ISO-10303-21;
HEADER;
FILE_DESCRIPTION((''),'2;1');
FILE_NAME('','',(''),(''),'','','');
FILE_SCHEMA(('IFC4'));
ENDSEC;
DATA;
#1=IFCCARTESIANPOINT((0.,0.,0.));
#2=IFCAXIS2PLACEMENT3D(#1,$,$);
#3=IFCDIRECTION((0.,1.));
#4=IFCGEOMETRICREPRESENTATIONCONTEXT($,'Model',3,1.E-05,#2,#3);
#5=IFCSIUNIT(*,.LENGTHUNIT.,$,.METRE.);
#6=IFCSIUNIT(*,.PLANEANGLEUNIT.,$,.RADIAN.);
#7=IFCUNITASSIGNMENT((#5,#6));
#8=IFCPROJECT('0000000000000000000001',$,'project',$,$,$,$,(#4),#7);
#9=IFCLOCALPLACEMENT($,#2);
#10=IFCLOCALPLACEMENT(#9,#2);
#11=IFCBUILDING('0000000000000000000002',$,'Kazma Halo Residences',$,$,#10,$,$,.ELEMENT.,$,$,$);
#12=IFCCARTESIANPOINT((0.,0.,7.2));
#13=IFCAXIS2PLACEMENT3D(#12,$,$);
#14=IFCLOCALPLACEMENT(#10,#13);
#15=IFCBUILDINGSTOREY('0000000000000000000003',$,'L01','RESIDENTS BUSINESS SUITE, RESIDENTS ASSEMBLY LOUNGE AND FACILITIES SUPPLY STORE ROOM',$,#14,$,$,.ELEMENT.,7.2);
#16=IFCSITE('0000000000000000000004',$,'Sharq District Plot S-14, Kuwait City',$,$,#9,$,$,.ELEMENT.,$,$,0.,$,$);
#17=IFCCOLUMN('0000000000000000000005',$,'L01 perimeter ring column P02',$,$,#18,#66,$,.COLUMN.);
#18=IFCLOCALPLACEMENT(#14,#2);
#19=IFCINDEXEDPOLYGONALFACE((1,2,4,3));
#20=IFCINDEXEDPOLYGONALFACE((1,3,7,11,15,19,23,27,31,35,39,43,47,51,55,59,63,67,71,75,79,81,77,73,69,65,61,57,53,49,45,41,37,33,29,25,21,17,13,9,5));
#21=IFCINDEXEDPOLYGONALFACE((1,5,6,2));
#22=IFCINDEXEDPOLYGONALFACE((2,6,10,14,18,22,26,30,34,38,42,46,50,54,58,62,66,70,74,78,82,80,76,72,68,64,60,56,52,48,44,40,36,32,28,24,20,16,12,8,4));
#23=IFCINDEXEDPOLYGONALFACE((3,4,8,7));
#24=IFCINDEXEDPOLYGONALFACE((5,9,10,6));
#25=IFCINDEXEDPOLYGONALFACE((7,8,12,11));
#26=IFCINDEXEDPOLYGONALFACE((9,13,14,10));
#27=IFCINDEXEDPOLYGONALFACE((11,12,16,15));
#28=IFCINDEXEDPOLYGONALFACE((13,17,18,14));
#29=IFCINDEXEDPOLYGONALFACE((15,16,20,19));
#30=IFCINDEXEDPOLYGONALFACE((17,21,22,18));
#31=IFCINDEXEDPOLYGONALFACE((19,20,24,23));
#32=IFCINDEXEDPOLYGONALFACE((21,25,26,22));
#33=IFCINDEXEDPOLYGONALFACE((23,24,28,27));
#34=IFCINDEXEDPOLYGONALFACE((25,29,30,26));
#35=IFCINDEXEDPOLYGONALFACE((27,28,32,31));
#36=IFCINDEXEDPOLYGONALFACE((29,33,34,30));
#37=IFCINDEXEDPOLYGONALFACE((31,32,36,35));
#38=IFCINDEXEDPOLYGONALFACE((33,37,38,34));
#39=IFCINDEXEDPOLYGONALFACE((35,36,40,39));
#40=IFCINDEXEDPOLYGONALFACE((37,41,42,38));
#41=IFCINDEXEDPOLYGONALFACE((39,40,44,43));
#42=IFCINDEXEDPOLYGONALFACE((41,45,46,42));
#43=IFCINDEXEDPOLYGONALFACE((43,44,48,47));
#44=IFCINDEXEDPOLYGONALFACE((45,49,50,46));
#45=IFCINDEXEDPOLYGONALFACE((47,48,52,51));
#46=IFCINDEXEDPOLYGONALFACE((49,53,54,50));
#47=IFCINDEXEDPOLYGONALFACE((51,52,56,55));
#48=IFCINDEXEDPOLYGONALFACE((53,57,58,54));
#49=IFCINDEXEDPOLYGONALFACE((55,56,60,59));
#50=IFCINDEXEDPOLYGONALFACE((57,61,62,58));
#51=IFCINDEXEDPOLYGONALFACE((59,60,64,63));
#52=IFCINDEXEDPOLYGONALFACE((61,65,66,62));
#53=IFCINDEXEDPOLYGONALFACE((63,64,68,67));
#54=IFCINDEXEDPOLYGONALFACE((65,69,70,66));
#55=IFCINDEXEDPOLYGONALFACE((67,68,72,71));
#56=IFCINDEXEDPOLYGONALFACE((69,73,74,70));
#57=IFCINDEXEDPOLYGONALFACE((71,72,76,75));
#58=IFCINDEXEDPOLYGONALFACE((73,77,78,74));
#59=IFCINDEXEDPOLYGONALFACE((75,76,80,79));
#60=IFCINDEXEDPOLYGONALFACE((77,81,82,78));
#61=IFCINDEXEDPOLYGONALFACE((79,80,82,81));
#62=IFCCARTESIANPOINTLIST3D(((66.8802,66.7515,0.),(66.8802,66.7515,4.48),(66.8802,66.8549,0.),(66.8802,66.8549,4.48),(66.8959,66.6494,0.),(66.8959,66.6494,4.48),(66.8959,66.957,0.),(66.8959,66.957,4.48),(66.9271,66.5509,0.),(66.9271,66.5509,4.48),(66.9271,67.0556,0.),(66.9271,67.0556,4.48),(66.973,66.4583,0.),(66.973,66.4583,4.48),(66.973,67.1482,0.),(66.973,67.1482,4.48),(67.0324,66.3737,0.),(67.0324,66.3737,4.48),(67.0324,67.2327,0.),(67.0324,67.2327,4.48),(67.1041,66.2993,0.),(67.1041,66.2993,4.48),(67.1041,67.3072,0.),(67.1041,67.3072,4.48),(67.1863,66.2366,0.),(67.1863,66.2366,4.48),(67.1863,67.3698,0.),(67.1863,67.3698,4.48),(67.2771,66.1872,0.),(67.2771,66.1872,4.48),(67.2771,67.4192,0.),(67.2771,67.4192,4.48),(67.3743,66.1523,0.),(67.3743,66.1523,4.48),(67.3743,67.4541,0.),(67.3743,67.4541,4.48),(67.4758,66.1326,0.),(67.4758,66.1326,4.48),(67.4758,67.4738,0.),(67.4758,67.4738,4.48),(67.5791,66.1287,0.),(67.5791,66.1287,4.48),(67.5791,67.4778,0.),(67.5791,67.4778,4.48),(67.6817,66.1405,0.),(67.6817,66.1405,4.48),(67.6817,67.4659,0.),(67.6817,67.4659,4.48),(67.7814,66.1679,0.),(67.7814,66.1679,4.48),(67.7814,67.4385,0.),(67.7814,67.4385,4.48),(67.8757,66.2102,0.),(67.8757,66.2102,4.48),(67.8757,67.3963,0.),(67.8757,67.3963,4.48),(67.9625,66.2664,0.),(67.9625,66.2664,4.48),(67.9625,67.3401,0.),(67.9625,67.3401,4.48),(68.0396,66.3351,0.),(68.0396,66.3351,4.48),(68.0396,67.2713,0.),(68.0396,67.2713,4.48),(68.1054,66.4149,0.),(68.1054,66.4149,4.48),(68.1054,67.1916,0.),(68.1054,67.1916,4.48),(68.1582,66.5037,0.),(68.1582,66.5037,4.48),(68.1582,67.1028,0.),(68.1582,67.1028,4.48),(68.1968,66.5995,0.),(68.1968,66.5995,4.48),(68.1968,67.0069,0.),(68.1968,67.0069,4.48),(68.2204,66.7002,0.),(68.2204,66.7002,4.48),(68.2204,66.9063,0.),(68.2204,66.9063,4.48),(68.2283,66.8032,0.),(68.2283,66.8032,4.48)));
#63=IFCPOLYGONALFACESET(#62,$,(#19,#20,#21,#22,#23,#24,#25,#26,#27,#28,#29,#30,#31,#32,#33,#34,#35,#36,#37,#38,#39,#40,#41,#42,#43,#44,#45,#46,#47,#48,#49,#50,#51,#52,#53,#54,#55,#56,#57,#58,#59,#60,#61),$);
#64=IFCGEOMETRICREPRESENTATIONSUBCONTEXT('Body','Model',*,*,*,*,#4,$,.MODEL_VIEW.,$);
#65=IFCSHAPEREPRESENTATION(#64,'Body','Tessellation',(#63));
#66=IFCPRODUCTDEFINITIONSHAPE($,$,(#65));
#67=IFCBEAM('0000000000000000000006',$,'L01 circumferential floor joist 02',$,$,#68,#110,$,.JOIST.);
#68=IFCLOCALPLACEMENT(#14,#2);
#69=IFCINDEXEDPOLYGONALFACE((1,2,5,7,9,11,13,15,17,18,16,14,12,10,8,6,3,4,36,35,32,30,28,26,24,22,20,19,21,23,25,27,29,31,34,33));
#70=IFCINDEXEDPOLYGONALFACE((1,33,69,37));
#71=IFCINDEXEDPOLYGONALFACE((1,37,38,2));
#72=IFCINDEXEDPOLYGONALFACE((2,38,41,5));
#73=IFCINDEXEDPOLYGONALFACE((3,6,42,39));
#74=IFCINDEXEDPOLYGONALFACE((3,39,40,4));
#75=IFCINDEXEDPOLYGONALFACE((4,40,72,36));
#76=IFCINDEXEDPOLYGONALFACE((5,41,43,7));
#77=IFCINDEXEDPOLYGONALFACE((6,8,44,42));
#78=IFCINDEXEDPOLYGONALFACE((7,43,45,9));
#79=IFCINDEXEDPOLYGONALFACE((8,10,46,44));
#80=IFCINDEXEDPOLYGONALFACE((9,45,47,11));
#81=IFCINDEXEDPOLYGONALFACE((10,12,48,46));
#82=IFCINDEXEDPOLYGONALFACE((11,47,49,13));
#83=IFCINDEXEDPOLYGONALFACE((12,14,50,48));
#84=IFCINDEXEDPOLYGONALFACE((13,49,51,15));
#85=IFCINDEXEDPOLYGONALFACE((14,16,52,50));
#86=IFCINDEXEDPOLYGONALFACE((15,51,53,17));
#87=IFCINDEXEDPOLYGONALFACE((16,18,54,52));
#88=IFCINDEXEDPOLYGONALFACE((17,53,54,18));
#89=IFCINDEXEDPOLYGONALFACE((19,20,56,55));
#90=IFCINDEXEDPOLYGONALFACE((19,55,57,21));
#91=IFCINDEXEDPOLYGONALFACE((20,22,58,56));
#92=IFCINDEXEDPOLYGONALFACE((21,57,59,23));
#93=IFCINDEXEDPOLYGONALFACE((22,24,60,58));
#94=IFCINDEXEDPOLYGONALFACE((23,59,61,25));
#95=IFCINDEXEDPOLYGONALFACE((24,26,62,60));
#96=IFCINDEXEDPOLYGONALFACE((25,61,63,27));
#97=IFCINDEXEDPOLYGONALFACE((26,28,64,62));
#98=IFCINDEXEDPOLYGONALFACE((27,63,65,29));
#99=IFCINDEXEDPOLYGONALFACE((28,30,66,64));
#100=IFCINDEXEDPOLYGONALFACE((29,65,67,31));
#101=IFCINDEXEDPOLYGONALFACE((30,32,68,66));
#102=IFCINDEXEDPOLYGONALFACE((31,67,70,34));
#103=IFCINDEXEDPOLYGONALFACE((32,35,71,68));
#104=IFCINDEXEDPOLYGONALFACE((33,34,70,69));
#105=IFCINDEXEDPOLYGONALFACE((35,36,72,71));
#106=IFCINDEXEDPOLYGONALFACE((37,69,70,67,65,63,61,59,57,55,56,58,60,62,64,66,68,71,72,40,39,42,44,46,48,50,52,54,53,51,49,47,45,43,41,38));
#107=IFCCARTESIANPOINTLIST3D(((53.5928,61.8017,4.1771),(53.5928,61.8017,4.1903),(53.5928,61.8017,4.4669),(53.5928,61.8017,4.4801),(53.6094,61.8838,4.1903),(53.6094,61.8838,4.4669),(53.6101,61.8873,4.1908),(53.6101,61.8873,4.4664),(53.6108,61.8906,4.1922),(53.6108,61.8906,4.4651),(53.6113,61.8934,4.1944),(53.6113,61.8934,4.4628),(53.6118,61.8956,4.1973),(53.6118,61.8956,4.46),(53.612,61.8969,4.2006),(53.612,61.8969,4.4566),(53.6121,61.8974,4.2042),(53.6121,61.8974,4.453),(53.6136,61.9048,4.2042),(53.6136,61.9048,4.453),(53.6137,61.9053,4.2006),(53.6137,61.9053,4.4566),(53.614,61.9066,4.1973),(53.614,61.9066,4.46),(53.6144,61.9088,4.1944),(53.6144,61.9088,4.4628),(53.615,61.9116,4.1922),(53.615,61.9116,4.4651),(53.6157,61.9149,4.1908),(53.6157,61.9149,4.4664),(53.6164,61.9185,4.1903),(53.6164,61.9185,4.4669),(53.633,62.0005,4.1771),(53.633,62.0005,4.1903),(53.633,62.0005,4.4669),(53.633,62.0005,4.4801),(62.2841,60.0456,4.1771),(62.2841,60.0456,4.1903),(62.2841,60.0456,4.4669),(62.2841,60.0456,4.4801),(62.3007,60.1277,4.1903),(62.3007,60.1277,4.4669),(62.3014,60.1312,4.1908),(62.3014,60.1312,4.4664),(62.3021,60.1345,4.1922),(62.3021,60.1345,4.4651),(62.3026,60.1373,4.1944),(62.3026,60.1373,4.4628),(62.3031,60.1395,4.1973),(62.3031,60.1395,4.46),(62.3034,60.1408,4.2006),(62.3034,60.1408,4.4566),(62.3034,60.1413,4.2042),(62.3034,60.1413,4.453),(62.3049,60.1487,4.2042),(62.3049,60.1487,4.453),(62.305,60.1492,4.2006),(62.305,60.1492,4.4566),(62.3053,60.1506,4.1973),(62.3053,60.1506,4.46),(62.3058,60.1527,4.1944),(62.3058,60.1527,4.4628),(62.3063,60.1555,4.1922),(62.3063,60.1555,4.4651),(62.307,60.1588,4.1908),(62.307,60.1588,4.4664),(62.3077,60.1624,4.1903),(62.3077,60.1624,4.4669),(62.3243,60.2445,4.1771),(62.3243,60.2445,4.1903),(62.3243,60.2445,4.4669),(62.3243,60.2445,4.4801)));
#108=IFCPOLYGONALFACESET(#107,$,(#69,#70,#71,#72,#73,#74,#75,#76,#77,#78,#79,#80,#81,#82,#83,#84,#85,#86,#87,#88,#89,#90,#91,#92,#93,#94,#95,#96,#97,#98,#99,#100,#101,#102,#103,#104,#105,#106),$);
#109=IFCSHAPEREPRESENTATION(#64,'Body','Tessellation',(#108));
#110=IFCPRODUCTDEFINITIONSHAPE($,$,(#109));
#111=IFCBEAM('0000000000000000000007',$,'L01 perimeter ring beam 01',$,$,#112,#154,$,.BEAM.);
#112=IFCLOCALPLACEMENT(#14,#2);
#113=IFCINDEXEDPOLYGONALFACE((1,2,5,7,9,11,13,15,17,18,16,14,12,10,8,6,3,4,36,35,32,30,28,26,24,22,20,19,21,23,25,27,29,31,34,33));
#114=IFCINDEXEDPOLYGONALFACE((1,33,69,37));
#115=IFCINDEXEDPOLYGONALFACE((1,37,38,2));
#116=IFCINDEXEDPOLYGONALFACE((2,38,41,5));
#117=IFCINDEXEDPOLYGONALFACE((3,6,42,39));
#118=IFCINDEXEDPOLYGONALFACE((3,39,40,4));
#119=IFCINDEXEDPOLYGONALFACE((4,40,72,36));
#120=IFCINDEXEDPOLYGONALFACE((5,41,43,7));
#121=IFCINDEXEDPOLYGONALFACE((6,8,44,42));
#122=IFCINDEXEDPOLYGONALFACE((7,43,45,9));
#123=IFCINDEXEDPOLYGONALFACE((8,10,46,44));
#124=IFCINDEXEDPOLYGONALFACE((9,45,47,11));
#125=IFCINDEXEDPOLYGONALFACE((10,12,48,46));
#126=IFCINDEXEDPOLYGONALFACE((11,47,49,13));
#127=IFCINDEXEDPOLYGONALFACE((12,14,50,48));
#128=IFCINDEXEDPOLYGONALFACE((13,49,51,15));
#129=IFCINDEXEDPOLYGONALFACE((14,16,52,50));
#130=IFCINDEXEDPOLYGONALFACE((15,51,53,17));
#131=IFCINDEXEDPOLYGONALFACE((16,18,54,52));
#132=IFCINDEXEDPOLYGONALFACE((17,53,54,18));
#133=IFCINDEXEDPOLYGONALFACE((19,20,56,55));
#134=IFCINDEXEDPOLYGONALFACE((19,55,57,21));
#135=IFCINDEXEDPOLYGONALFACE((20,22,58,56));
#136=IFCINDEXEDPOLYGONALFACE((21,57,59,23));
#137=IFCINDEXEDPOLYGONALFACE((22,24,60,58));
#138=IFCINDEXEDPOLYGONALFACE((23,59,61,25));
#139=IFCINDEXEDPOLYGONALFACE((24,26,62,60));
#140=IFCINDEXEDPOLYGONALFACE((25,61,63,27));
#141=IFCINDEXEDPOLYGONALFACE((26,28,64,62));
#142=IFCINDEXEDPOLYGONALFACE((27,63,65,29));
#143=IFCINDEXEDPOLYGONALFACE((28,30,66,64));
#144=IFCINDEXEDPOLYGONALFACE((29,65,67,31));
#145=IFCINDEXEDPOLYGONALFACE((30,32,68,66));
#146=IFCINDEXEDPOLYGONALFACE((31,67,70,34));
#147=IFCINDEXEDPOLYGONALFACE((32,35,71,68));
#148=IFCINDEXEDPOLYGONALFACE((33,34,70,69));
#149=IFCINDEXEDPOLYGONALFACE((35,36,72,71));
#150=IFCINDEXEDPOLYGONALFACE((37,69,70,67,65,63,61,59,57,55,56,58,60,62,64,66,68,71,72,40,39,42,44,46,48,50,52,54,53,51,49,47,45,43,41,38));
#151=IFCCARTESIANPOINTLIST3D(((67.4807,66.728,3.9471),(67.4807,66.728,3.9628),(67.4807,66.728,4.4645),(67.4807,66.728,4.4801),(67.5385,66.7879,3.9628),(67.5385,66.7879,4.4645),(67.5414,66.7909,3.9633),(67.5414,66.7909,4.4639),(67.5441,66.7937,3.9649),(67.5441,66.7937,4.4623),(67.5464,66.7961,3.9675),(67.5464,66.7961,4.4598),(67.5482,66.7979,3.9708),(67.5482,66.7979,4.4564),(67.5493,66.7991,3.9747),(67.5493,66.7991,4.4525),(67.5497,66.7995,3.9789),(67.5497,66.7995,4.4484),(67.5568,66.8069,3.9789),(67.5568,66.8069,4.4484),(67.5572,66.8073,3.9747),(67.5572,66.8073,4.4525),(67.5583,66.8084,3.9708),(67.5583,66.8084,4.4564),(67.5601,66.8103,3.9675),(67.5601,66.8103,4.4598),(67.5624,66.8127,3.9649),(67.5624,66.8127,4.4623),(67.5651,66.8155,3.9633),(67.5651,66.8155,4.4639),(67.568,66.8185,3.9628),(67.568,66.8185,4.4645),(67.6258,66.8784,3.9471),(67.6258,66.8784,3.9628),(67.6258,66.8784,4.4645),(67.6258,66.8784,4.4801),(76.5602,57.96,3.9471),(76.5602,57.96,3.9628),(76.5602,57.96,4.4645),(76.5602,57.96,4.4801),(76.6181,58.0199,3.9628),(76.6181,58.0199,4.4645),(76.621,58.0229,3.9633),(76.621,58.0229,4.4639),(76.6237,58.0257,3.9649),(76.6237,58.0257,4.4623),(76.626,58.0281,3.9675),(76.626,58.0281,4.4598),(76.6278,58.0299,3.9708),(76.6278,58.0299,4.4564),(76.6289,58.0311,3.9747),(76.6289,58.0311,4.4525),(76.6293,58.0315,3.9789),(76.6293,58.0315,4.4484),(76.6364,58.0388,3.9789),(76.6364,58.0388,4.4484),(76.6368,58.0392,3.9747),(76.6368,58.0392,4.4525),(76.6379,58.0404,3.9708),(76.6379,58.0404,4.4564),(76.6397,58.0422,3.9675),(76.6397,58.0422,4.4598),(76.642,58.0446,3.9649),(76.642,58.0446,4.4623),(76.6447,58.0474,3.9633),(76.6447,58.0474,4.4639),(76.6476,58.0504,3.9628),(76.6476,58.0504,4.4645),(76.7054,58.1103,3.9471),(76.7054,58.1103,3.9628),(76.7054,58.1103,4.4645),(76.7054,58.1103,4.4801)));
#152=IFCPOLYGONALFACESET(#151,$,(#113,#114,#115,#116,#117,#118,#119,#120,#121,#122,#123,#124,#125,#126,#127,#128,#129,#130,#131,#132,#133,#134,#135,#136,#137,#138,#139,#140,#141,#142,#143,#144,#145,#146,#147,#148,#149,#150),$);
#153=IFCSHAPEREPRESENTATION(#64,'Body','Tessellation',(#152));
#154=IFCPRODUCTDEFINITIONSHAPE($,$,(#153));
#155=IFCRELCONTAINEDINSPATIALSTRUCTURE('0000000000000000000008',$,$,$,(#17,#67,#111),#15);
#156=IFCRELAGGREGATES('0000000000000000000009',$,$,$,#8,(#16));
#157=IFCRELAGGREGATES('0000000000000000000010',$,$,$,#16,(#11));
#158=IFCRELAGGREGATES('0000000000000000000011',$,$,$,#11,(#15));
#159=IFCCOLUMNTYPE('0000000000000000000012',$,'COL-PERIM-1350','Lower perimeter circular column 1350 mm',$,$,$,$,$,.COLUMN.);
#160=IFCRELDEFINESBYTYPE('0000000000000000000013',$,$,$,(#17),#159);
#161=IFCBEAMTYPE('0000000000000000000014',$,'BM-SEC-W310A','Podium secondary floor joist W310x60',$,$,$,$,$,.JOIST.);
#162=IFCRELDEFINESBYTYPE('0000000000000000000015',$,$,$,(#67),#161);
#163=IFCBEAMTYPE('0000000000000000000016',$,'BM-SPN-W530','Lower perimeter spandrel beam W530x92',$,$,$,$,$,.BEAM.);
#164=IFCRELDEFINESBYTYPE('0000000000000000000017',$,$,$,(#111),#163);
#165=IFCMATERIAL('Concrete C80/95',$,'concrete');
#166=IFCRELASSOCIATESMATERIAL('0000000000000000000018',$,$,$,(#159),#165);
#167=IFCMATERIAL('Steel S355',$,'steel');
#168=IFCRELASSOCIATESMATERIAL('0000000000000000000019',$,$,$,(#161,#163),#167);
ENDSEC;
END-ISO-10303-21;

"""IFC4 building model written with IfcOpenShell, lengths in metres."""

from ifc_helpers import new_model, si_unit, direction, frame, origin, origin_2d, place, context, subcontext, project, spatial, circle, i_section, extrude, material, material_profile, profile_set, type_object, element, save


model = new_model("IFC4")

# Units and contexts
model_context = context("Model", 3, precision=1e-05, world=origin(), true_north=direction((0.0, 1.0)))
body_context = subcontext(model_context, "Body", "Model", "MODEL_VIEW")
ifc_project = project(units=[si_unit("LENGTHUNIT", "METRE"), si_unit("PLANEANGLEUNIT", "RADIAN")], contexts=[model_context])

# Site, building, storey
site_placement = place(None, origin())
site = spatial("IfcSite", under=ifc_project, at=site_placement, Name="Sharq District Plot S-14, Kuwait City", CompositionType="ELEMENT", RefElevation=0.0)
building_placement = place(site_placement, origin())
building = spatial("IfcBuilding", under=site, at=building_placement, Name="Kazma Halo Residences", CompositionType="ELEMENT")
storey_placement = place(building_placement, frame((0.0, 0.0, 7.2)))
storey = spatial("IfcBuildingStorey", under=building, at=storey_placement, Name="L01", Description="RESIDENTS BUSINESS SUITE, RESIDENTS ASSEMBLY LOUNGE AND FACILITIES SUPPLY STORE ROOM", CompositionType="ELEMENT", Elevation=7.2)

# Column
ifc_material_1 = material(Name="Concrete C80/95", Category="concrete")
ifc_material_profile_1 = material_profile(ifc_material_1, circle(Radius=0.675, at=origin_2d()), Name="CIRC1350")
ifc_profile_set_1 = profile_set([ifc_material_profile_1], Name="Concrete C80/95")
column_type = type_object("IfcColumnType", Name="COL-PERIM-1350", Description="Lower perimeter circular column 1350 mm", PredefinedType="COLUMN", material=ifc_profile_set_1)
column_placement = place(storey_placement, frame((67.5532, 66.8032, 0.0), z_axis=(0.0, 0.0, 1.0), x_axis=(1.0, 0.0, 0.0)))
element("IfcColumn", 1, at=column_placement, inside=storey, type_object=column_type, Name="L01 perimeter ring column P02", PredefinedType="COLUMN", context=body_context, shape_type="SweptSolid", body=[
    extrude(circle(Radius=0.675, at=origin_2d()), origin(), (0.0, 0.0, 1.0), 4.48),
])

# Beams
ifc_material_2 = material(Name="Steel S355", Category="steel")
ifc_material_profile_2 = material_profile(ifc_material_2, i_section(OverallWidth=0.2029, OverallDepth=0.303, WebThickness=0.0076, FlangeThickness=0.0132, FilletRadius=0.0139, at=origin_2d()), Name="W310x60")
ifc_profile_set_2 = profile_set([ifc_material_profile_2], Name="Steel S355")
beam_type_1 = type_object("IfcBeamType", Name="BM-SEC-W310A", Description="Podium secondary floor joist W310x60", PredefinedType="JOIST", material=ifc_profile_set_2)
beam_1_placement = place(storey_placement, frame((62.3042, 60.145, 4.3286), z_axis=(-0.980192, 0.198048, 0.0), x_axis=(-0.198048, -0.980192, 0.0)))
element("IfcBeam", 2, at=beam_1_placement, inside=storey, type_object=beam_type_1, Name="L01 circumferential floor joist 02", PredefinedType="JOIST", context=body_context, shape_type="SweptSolid", body=[
    extrude(i_section(OverallWidth=0.2029, OverallDepth=0.303, WebThickness=0.0076, FlangeThickness=0.0132, FilletRadius=0.0139, at=origin_2d()), origin(), (0.0, 0.0, 1.0), 8.8669),
])
ifc_material_profile_3 = material_profile(ifc_material_2, i_section(OverallWidth=0.209, OverallDepth=0.533, WebThickness=0.0103, FlangeThickness=0.0156, FilletRadius=0.0161, at=origin_2d()), Name="W530x92")
ifc_profile_set_3 = profile_set([ifc_material_profile_3], Name="Steel S355")
beam_type_2 = type_object("IfcBeamType", Name="BM-SPN-W530", Description="Lower perimeter spandrel beam W530x92", PredefinedType="BEAM", material=ifc_profile_set_3)
beam_2_placement = place(storey_placement, frame((76.6328, 58.0352, 4.2136), z_axis=(-0.719339, 0.694659, 0.0), x_axis=(-0.694659, -0.719339, 0.0)))
element("IfcBeam", 3, at=beam_2_placement, inside=storey, type_object=beam_type_2, Name="L01 perimeter ring beam 01", PredefinedType="BEAM", context=body_context, shape_type="SweptSolid", body=[
    extrude(i_section(OverallWidth=0.209, OverallDepth=0.533, WebThickness=0.0103, FlangeThickness=0.0156, FilletRadius=0.0161, at=origin_2d()), origin(), (0.0, 0.0, 1.0), 12.6221),
])

save(model, "model.ifc")
